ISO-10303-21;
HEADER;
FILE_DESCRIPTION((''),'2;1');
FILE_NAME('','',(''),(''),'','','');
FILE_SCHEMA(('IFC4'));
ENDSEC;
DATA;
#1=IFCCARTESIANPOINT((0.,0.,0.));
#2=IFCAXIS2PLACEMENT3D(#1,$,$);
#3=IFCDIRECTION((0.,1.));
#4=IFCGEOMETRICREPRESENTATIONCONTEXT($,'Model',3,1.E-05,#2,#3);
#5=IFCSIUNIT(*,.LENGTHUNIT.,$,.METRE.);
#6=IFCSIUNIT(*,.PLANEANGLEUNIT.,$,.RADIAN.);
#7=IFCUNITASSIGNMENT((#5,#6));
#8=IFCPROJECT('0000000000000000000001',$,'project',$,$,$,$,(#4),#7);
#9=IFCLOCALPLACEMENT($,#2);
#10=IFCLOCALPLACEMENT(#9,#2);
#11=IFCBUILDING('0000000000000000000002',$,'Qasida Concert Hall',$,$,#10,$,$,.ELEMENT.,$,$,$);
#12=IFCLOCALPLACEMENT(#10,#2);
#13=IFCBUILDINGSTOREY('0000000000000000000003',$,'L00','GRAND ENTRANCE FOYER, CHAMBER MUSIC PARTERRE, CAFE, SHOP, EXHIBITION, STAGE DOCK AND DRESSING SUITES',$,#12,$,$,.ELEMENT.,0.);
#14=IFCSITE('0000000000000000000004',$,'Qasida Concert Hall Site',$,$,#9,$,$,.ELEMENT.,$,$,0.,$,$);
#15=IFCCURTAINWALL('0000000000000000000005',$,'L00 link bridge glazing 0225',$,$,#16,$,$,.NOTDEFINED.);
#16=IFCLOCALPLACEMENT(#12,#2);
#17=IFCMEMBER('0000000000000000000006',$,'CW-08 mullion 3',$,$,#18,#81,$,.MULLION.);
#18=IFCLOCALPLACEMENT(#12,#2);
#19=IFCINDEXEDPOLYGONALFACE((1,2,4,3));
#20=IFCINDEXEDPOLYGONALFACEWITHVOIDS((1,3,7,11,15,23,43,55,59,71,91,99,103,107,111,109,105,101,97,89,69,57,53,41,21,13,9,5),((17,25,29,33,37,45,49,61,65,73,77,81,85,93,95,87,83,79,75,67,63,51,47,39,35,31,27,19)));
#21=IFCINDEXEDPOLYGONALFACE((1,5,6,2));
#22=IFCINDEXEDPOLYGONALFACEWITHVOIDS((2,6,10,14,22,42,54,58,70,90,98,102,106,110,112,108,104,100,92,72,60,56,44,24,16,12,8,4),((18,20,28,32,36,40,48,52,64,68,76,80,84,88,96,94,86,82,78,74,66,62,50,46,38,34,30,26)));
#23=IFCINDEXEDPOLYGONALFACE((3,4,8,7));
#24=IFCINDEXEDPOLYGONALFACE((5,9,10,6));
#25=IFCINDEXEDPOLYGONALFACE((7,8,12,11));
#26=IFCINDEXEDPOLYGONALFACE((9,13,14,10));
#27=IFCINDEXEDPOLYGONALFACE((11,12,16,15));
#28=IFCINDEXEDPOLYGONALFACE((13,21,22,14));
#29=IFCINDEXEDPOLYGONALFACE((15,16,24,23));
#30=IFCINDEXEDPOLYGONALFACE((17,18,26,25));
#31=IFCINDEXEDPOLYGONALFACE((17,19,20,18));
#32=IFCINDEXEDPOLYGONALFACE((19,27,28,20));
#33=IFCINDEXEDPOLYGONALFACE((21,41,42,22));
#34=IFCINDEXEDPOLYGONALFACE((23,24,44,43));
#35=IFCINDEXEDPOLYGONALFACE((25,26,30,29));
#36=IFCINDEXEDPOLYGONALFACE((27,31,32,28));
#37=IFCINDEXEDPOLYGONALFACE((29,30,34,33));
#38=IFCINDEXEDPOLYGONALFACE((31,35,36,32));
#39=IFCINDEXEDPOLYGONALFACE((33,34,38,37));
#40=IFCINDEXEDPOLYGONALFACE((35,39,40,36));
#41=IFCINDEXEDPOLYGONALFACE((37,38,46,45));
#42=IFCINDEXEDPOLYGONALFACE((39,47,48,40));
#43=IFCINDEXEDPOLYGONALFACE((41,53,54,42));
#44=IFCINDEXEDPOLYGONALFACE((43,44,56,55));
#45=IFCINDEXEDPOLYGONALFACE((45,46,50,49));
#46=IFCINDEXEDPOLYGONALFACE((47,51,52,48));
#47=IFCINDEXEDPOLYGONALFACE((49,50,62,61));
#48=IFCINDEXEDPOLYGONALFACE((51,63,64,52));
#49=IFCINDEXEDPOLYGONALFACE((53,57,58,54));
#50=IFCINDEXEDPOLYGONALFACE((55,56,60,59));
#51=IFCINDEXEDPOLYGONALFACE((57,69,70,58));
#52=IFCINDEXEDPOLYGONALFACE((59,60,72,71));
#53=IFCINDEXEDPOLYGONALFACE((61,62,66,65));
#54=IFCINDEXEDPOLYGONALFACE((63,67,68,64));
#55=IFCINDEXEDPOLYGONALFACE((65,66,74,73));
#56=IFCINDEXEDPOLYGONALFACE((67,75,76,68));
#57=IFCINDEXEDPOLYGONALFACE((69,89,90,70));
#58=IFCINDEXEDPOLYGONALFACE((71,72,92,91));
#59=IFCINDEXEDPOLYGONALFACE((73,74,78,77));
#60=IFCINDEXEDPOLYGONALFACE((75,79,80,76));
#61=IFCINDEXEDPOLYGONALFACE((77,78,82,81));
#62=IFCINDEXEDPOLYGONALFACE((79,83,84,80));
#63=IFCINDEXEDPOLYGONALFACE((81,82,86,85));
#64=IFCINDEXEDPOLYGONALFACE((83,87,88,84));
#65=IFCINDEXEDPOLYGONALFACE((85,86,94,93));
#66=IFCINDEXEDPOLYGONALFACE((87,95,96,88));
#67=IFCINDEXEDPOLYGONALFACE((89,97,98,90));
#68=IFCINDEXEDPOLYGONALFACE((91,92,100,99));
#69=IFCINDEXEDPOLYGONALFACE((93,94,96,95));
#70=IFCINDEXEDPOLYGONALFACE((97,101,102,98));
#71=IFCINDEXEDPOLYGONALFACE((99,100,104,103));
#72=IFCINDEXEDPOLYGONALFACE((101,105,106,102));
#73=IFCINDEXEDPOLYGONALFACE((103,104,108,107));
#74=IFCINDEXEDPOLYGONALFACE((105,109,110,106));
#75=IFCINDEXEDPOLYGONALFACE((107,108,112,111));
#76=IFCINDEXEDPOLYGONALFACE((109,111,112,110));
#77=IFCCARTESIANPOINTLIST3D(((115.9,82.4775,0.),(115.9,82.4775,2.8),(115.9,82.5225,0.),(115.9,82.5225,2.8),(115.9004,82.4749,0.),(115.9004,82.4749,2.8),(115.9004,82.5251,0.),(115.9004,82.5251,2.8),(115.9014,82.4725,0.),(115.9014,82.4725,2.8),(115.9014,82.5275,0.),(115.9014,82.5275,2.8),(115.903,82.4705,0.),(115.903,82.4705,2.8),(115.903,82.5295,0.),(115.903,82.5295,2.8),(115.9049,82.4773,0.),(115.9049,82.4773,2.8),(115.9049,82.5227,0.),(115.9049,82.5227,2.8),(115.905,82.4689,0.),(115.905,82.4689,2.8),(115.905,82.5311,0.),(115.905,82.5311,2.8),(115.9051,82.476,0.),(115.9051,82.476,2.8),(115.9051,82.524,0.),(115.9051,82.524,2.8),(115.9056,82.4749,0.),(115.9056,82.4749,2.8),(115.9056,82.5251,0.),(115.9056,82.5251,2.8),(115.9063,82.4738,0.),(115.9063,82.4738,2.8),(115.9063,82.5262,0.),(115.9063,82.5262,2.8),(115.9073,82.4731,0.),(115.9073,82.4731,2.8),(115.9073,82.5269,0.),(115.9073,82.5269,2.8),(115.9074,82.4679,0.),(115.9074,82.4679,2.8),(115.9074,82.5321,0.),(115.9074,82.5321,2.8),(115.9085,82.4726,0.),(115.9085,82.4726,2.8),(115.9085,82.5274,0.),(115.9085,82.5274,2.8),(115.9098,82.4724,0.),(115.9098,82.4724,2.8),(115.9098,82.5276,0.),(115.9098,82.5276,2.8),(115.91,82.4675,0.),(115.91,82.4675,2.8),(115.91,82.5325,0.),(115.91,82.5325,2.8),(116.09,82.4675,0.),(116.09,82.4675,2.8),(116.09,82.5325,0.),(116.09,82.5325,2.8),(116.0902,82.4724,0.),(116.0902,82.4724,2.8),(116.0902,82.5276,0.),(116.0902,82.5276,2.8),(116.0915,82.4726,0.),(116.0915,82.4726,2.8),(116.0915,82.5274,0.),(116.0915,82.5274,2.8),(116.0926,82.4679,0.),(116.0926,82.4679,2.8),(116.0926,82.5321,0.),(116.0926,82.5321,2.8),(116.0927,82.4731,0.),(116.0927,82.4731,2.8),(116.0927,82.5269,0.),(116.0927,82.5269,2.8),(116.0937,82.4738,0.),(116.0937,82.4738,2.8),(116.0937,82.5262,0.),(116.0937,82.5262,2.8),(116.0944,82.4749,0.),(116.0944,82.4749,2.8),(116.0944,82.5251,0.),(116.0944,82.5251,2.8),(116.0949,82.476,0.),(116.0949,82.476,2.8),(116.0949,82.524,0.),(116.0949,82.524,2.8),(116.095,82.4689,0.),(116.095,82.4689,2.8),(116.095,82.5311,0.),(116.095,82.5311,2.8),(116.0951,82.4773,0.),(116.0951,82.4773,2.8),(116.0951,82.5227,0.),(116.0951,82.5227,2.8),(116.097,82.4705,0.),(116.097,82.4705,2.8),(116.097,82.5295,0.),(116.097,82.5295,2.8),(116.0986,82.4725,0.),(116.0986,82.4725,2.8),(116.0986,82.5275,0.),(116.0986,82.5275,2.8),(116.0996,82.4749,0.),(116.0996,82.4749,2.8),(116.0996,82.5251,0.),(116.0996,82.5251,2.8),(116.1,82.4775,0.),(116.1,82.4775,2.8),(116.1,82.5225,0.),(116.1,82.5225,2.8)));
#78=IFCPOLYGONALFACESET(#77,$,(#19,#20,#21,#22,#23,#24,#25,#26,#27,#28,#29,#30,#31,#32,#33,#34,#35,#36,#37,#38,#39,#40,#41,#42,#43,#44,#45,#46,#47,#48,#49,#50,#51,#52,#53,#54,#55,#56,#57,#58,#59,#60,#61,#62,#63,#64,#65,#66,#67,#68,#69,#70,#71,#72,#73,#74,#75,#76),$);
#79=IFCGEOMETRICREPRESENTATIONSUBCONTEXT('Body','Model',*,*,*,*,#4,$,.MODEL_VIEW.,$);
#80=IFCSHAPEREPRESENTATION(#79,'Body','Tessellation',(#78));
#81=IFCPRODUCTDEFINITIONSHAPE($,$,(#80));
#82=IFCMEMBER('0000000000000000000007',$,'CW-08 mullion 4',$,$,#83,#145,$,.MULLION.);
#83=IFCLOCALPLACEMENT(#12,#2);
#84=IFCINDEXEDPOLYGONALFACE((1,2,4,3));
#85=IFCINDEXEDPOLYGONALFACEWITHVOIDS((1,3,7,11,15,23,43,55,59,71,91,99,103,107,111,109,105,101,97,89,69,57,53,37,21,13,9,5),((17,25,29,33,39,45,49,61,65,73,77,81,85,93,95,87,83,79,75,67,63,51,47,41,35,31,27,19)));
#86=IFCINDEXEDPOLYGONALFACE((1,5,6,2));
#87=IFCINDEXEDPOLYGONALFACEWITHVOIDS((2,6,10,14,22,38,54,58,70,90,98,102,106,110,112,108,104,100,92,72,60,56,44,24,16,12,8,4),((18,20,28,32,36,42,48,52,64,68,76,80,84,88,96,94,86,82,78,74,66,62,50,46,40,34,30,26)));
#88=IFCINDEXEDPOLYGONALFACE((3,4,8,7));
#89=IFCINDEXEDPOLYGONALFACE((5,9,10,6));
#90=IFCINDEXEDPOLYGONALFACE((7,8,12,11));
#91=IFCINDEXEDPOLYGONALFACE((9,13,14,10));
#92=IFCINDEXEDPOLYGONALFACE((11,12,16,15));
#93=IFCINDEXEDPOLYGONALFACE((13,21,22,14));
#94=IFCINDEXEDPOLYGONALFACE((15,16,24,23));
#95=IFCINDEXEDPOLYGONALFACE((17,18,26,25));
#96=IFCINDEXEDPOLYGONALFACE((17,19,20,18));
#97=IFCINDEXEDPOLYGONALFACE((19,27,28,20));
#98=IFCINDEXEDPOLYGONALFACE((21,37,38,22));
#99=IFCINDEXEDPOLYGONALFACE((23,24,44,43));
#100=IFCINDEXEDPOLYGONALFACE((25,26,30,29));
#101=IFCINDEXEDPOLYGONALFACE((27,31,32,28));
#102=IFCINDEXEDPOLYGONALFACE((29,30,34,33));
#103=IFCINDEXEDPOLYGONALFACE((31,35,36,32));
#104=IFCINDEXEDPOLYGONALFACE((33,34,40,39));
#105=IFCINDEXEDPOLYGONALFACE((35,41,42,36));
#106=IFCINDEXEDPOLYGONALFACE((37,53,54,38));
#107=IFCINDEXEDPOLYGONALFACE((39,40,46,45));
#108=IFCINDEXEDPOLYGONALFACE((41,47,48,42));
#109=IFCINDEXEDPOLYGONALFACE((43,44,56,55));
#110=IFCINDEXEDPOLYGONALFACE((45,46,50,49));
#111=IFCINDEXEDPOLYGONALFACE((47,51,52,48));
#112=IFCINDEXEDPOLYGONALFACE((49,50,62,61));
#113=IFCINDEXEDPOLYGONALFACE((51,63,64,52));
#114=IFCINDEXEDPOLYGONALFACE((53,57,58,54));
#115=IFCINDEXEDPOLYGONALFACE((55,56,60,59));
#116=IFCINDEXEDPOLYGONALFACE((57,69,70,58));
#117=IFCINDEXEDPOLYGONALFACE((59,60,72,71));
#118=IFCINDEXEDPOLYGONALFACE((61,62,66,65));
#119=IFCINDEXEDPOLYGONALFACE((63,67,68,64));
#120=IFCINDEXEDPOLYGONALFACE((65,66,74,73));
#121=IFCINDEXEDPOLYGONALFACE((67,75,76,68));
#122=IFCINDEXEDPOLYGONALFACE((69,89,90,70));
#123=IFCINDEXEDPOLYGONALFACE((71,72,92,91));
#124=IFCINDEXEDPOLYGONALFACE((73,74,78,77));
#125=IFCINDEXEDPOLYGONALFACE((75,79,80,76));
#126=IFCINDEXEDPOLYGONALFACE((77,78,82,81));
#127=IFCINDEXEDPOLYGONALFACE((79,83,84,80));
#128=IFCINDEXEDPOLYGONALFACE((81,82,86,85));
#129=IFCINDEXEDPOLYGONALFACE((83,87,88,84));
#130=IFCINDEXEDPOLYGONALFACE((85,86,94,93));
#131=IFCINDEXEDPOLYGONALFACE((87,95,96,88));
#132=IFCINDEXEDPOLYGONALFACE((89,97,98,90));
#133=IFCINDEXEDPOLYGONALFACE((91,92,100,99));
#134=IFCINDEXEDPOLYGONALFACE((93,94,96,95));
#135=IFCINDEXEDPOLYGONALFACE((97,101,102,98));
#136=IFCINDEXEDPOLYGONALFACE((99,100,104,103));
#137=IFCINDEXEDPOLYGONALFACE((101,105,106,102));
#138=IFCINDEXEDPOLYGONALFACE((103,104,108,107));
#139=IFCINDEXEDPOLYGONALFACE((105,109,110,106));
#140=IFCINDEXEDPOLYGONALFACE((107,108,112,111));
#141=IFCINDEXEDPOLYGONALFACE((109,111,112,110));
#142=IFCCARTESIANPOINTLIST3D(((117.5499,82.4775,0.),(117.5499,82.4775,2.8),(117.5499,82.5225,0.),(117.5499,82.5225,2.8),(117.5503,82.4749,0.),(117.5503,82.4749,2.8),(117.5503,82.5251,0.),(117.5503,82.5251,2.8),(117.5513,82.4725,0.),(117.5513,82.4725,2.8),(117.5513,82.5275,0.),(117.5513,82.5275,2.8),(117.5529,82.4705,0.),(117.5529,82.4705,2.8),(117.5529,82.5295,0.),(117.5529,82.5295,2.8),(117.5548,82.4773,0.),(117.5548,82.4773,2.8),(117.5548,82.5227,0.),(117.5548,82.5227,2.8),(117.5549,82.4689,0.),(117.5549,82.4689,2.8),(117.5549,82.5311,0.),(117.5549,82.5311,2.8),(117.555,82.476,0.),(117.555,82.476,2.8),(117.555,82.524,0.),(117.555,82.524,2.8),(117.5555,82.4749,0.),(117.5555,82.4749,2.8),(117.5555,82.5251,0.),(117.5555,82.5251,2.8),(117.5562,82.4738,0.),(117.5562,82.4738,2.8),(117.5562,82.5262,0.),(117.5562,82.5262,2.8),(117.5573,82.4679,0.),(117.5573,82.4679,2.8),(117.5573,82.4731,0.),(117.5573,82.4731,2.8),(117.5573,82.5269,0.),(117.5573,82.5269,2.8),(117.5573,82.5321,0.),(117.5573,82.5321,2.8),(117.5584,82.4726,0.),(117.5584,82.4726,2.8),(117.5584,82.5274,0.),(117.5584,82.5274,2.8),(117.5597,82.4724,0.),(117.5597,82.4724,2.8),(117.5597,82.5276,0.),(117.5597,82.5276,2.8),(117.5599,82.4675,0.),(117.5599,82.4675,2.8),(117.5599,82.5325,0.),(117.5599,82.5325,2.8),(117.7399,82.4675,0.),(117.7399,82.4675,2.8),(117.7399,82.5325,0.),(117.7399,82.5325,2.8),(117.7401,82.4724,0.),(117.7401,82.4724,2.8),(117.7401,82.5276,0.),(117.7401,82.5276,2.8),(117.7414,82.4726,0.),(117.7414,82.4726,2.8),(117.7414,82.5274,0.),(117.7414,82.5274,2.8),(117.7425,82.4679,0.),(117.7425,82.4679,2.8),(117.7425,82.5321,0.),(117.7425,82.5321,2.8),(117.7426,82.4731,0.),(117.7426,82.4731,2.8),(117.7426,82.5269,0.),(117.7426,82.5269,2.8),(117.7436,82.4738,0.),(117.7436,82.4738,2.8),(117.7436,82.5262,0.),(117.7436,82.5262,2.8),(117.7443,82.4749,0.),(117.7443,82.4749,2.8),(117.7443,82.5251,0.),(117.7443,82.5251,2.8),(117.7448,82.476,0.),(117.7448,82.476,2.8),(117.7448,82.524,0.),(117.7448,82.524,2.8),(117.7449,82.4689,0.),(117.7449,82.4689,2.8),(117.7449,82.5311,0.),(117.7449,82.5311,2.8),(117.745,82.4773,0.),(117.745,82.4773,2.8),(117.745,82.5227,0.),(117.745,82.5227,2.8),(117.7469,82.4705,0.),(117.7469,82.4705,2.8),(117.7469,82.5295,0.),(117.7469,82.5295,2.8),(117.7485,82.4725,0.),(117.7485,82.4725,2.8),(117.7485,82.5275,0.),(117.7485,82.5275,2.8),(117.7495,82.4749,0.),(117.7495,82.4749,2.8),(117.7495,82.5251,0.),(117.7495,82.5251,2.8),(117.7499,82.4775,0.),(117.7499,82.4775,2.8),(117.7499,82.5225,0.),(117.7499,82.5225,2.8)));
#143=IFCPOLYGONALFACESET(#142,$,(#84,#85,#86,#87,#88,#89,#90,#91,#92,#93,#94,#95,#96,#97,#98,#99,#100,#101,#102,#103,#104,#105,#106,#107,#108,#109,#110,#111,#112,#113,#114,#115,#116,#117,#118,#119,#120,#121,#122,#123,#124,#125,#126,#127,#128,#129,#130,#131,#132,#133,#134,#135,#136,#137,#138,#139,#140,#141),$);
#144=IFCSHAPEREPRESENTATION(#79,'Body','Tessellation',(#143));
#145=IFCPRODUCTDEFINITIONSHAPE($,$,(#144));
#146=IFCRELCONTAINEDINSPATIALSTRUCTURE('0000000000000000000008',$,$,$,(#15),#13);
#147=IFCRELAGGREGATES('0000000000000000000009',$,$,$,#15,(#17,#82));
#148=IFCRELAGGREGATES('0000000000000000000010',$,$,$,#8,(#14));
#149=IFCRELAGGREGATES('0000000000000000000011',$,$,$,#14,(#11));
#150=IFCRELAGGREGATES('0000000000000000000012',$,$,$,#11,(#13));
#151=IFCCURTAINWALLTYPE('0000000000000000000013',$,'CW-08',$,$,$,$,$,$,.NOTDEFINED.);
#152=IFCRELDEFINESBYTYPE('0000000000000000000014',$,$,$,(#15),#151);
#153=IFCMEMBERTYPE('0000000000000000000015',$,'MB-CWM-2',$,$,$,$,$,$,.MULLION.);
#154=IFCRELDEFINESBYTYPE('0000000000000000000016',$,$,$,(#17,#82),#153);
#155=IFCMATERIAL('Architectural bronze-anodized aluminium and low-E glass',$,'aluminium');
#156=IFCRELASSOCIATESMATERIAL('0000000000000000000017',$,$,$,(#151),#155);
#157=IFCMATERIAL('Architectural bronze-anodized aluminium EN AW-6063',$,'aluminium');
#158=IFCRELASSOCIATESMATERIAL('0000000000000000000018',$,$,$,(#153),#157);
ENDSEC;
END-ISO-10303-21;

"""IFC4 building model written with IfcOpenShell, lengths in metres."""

from ifc_helpers import new_model, si_unit, direction, frame, origin, origin_2d, place, context, subcontext, project, spatial, hollow_rectangle, extrude, material, material_profile, profile_set, type_object, element, aggregate, save


model = new_model("IFC4")

# Units and contexts
model_context = context("Model", 3, precision=1e-05, world=origin(), true_north=direction((0.0, 1.0)))
body_context = subcontext(model_context, "Body", "Model", "MODEL_VIEW")
ifc_project = project(units=[si_unit("LENGTHUNIT", "METRE"), si_unit("PLANEANGLEUNIT", "RADIAN")], contexts=[model_context])

# Site, building, storey
site_placement = place(None, origin())
site = spatial("IfcSite", under=ifc_project, at=site_placement, Name="Qasida Concert Hall Site", CompositionType="ELEMENT", RefElevation=0.0)
building_placement = place(site_placement, origin())
building = spatial("IfcBuilding", under=site, at=building_placement, Name="Qasida Concert Hall", CompositionType="ELEMENT")
storey_placement = place(building_placement, origin())
storey = spatial("IfcBuildingStorey", under=building, at=storey_placement, Name="L00", Description="GRAND ENTRANCE FOYER, CHAMBER MUSIC PARTERRE, CAFE, SHOP, EXHIBITION, STAGE DOCK AND DRESSING SUITES", CompositionType="ELEMENT", Elevation=0.0)

# Curtain wall, members
ifc_material_1 = material(Name="Architectural bronze-anodized aluminium and low-E glass", Category="aluminium")
curtain_wall_type = type_object("IfcCurtainWallType", Name="CW-08", PredefinedType="NOTDEFINED", material=ifc_material_1)
curtain_wall_placement = place(storey_placement, origin())
curtain_wall = element("IfcCurtainWall", 1, at=curtain_wall_placement, inside=storey, type_object=curtain_wall_type, Name="L00 link bridge glazing 0225", PredefinedType="NOTDEFINED")
ifc_material_2 = material(Name="Architectural bronze-anodized aluminium EN AW-6063", Category="aluminium")
ifc_material_profile_1 = material_profile(ifc_material_2, hollow_rectangle(XDim=0.0649, YDim=0.2, WallThickness=0.0049, InnerFilletRadius=0.0049, OuterFilletRadius=0.01, at=origin_2d()), Name="CWM 200x65x5")
ifc_profile_set_1 = profile_set([ifc_material_profile_1], Name="Architectural bronze-anodized aluminium EN AW-6063")
member_type_1 = type_object("IfcMemberType", Name="MB-CWM-2", PredefinedType="MULLION", material=ifc_profile_set_1)
member_1_placement = place(storey_placement, frame((116.0, 82.5, 0.0), z_axis=(0.0, 0.0, 1.0), x_axis=(0.0, 1.0, 0.0)))
member_1 = element("IfcMember", 2, at=member_1_placement, type_object=member_type_1, Name="CW-08 mullion 3", PredefinedType="MULLION", context=body_context, shape_type="SweptSolid", body=[
    extrude(hollow_rectangle(XDim=0.0649, YDim=0.2, WallThickness=0.0049, InnerFilletRadius=0.0049, OuterFilletRadius=0.01, at=origin_2d()), origin(), (0.0, 0.0, 1.0), 2.8),
])
member_2_placement = place(storey_placement, frame((117.6499, 82.5, 0.0), z_axis=(0.0, 0.0, 1.0), x_axis=(0.0, 1.0, 0.0)))
member_2 = element("IfcMember", 3, at=member_2_placement, type_object=member_type_1, Name="CW-08 mullion 4", PredefinedType="MULLION", context=body_context, shape_type="SweptSolid", body=[
    extrude(hollow_rectangle(XDim=0.0649, YDim=0.2, WallThickness=0.0049, InnerFilletRadius=0.0049, OuterFilletRadius=0.01, at=origin_2d()), origin(), (0.0, 0.0, 1.0), 2.8),
])
aggregate(curtain_wall, [member_1, member_2])

save(model, "model.ifc")
